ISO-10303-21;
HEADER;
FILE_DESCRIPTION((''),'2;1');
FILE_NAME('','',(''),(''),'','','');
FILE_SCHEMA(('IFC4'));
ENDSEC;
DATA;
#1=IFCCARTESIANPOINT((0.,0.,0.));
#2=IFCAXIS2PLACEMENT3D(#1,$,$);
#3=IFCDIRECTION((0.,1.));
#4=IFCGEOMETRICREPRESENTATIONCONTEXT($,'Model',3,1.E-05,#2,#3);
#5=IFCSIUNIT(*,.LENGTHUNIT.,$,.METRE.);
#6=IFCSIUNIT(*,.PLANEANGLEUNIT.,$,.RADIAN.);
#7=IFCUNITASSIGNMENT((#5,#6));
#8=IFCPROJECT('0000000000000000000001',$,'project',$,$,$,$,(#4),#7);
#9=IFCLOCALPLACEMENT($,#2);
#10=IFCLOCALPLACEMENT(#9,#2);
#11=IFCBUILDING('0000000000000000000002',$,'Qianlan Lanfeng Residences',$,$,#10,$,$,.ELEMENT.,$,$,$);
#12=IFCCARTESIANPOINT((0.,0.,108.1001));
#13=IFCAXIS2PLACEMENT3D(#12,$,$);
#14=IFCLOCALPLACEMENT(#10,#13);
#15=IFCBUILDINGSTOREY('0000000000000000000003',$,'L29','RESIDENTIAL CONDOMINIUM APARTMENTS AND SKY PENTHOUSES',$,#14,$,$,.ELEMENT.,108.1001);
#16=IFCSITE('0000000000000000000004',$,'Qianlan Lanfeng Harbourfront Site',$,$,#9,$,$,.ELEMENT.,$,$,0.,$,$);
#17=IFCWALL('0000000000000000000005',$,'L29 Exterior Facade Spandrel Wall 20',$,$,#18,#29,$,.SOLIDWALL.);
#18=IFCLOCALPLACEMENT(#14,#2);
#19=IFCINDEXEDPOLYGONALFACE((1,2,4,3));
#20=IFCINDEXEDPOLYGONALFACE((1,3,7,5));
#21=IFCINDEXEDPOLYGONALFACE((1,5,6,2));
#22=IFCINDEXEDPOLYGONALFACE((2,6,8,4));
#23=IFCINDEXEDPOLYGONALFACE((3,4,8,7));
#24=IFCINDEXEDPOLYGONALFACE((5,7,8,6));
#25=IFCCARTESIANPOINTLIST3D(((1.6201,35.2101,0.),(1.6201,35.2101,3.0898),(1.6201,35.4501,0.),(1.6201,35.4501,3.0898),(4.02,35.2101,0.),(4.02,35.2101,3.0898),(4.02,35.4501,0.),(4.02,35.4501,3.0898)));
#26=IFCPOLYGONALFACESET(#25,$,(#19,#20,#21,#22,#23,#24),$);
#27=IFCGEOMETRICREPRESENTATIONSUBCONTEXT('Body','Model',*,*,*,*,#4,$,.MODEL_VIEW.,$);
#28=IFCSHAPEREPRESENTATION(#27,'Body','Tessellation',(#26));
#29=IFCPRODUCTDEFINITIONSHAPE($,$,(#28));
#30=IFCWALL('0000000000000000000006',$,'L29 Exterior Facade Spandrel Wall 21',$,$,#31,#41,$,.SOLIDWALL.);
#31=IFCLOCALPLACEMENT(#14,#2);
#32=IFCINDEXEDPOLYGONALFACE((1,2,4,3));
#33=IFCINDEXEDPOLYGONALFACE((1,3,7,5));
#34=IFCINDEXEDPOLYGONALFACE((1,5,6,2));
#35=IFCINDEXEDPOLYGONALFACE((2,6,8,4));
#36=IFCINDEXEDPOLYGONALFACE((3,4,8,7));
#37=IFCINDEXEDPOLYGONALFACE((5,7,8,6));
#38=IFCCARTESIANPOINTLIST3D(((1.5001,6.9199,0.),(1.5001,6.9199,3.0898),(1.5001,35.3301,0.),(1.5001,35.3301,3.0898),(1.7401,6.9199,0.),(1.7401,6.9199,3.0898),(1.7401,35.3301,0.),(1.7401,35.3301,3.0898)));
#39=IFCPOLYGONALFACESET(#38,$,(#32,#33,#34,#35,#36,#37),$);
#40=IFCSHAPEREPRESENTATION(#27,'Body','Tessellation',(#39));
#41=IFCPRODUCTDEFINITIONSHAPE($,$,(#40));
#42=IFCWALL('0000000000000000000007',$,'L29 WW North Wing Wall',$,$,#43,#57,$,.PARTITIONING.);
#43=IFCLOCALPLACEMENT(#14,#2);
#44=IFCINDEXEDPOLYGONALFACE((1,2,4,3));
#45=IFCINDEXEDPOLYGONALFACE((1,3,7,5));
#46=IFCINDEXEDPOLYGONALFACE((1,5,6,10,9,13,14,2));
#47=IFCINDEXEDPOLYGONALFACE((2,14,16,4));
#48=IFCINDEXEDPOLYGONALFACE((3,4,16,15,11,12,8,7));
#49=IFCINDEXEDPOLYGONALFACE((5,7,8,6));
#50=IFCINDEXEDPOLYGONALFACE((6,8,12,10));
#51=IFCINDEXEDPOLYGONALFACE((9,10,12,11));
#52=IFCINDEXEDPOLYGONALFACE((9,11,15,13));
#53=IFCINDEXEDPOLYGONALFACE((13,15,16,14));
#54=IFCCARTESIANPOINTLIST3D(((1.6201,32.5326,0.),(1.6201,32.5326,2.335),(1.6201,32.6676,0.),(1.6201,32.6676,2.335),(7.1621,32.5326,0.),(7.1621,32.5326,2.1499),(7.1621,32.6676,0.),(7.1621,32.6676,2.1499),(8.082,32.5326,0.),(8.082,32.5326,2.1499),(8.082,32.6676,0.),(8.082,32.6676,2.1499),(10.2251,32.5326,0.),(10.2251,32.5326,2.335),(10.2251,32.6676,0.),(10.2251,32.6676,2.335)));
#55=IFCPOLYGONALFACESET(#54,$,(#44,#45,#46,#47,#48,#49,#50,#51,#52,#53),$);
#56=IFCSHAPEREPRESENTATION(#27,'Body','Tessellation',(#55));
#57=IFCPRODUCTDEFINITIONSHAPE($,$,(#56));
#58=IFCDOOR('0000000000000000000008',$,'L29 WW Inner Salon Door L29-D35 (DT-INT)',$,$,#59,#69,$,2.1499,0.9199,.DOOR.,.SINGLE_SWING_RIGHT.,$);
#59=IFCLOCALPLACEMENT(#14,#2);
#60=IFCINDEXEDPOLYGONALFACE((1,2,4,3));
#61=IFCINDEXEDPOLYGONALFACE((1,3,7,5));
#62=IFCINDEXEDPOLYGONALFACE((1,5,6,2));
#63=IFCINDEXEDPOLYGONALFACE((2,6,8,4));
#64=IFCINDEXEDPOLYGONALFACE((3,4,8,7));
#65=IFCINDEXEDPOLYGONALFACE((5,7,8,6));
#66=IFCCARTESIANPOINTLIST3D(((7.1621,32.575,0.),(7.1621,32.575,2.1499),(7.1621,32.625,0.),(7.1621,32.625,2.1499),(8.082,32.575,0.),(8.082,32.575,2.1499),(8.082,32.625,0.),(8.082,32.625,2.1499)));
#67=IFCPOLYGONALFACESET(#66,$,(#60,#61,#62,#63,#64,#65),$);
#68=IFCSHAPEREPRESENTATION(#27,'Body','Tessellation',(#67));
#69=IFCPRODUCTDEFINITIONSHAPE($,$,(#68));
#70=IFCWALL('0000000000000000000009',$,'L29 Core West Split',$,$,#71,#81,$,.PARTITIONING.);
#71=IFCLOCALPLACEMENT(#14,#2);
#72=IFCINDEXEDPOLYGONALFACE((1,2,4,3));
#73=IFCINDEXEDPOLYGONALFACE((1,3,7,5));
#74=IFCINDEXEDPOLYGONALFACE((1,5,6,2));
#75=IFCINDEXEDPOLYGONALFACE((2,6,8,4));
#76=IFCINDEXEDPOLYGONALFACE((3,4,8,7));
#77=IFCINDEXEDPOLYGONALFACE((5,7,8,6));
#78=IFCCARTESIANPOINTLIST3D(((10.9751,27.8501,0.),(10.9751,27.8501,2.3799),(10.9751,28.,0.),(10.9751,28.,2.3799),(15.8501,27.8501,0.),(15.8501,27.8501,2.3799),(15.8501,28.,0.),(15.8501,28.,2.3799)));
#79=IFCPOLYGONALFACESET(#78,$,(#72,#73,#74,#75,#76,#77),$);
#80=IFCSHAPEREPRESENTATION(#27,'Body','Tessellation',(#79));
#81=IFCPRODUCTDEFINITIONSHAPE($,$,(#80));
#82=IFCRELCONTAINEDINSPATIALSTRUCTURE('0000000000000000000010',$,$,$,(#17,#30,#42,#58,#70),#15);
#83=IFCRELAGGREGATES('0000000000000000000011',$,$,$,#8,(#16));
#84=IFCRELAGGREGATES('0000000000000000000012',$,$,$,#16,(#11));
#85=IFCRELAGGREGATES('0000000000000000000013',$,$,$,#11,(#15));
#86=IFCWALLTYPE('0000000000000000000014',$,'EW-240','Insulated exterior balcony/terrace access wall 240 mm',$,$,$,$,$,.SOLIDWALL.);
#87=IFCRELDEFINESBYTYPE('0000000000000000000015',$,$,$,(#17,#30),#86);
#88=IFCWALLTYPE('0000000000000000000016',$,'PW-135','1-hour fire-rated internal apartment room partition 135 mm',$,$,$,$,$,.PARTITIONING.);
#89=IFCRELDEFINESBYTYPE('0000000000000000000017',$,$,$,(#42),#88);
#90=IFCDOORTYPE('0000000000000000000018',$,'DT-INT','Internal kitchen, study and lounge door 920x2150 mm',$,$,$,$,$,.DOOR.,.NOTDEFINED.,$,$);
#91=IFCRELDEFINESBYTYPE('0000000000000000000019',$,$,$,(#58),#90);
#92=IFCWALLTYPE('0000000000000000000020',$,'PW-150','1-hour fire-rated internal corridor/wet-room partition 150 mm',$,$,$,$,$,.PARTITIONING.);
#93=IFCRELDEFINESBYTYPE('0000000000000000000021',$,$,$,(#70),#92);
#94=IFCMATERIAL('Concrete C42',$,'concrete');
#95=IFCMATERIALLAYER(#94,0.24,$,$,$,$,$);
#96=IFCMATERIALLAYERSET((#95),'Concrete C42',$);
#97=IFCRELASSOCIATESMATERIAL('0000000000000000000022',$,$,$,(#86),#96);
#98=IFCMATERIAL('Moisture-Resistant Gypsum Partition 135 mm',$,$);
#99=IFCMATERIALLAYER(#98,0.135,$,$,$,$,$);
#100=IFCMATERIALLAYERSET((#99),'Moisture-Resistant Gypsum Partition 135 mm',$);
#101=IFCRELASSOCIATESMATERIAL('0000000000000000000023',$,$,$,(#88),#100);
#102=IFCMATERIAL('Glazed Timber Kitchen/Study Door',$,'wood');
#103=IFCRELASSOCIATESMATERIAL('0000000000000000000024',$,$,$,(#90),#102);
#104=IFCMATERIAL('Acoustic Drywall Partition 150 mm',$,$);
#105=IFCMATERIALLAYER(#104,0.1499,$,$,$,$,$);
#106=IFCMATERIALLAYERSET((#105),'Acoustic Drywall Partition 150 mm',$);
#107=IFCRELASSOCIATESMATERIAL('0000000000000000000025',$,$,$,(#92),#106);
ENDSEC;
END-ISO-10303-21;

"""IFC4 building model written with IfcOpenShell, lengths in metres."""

from ifc_helpers import new_model, si_unit, direction, frame, frame_2d, origin, place, context, subcontext, project, spatial, rectangle, extrude, material, layer, layer_set, type_object, element, fill, save


model = new_model("IFC4")

# Units and contexts
model_context = context("Model", 3, precision=1e-05, world=origin(), true_north=direction((0.0, 1.0)))
body_context = subcontext(model_context, "Body", "Model", "MODEL_VIEW")
ifc_project = project(units=[si_unit("LENGTHUNIT", "METRE"), si_unit("PLANEANGLEUNIT", "RADIAN")], contexts=[model_context])

# Site, building, storey
site_placement = place(None, origin())
site = spatial("IfcSite", under=ifc_project, at=site_placement, Name="Qianlan Lanfeng Harbourfront Site", CompositionType="ELEMENT", RefElevation=0.0)
building_placement = place(site_placement, origin())
building = spatial("IfcBuilding", under=site, at=building_placement, Name="Qianlan Lanfeng Residences", CompositionType="ELEMENT")
storey_placement = place(building_placement, frame((0.0, 0.0, 108.1001)))
storey = spatial("IfcBuildingStorey", under=building, at=storey_placement, Name="L29", Description="RESIDENTIAL CONDOMINIUM APARTMENTS AND SKY PENTHOUSES", CompositionType="ELEMENT", Elevation=108.1001)

# Walls
ifc_material_1 = material(Name="Concrete C42", Category="concrete")
ifc_layer_1 = layer(ifc_material_1, 0.24)
ifc_layer_set_1 = layer_set([ifc_layer_1], Name="Concrete C42")
wall_type_1 = type_object("IfcWallType", Name="EW-240", Description="Insulated exterior balcony/terrace access wall 240 mm", PredefinedType="SOLIDWALL", material=ifc_layer_set_1)
for number, where, z_axis, x_axis, name in (
    (1, (4.02, 35.3301, 0.0), (0.0, 0.0, 1.0), (-1.0, 0.0, 0.0), "L29 Exterior Facade Spandrel Wall 20"),
):
    element("IfcWall", number, at=place(storey_placement, frame(where, z_axis=z_axis, x_axis=x_axis)), inside=storey, type_object=wall_type_1, Name=name, PredefinedType="SOLIDWALL", context=body_context, shape_type="SweptSolid", body=[
        extrude(rectangle(XDim=2.3999, YDim=0.24, at=frame_2d((1.2, 0.0))), origin(), (0.0, 0.0, 1.0), 3.0898),
    ])
wall_1_placement = place(storey_placement, frame((1.6201, 35.3301, 0.0), z_axis=(0.0, 0.0, 1.0), x_axis=(0.0, -1.0, 0.0)))
element("IfcWall", 2, at=wall_1_placement, inside=storey, type_object=wall_type_1, Name="L29 Exterior Facade Spandrel Wall 21", PredefinedType="SOLIDWALL", context=body_context, shape_type="SweptSolid", body=[
    extrude(rectangle(XDim=28.4102, YDim=0.24, at=frame_2d((14.2051, 0.0))), origin(), (0.0, 0.0, 1.0), 3.0898),
])

# Wall, opening, door
ifc_material_2 = material(Name="Moisture-Resistant Gypsum Partition 135 mm")
ifc_layer_2 = layer(ifc_material_2, 0.135)
ifc_layer_set_2 = layer_set([ifc_layer_2], Name="Moisture-Resistant Gypsum Partition 135 mm")
wall_type_2 = type_object("IfcWallType", Name="PW-135", Description="1-hour fire-rated internal apartment room partition 135 mm", PredefinedType="PARTITIONING", material=ifc_layer_set_2)
wall_2_placement = place(storey_placement, frame((1.6201, 32.6001, 0.0), z_axis=(0.0, 0.0, 1.0), x_axis=(1.0, 0.0, 0.0)))
wall_2 = element("IfcWall", 3, at=wall_2_placement, inside=storey, type_object=wall_type_2, Name="L29 WW North Wing Wall", PredefinedType="PARTITIONING", context=body_context, shape_type="SweptSolid", body=[
    extrude(rectangle(XDim=8.605, YDim=0.135, at=frame_2d((4.3025, 0.0))), origin(), (0.0, 0.0, 1.0), 2.335),
])
opening_1_placement = place(wall_2_placement, frame((5.542, 0.0, 0.0)))
opening_1 = element("IfcOpeningElement", 4, at=opening_1_placement, cuts=wall_2, PredefinedType="OPENING", context=body_context, shape_type="SweptSolid", body=[
    extrude(rectangle(XDim=0.9199, YDim=2.1499, at=frame_2d((0.46, 1.075))), frame((0.0, 0.0776, 0.0), z_axis=(0.0, -1.0, 0.0), x_axis=(1.0, 0.0, 0.0)), (0.0, 0.0, 1.0), 0.155),
])
ifc_material_3 = material(Name="Glazed Timber Kitchen/Study Door", Category="wood")
door_type_1 = type_object("IfcDoorType", Name="DT-INT", Description="Internal kitchen, study and lounge door 920x2150 mm", OperationType="NOTDEFINED", PredefinedType="DOOR", material=ifc_material_3)
door_1_placement = place(opening_1_placement, origin())
door_1 = element("IfcDoor", 5, at=door_1_placement, inside=storey, type_object=door_type_1, Name="L29 WW Inner Salon Door L29-D35 (DT-INT)", OperationType="SINGLE_SWING_RIGHT", OverallHeight=2.1499, OverallWidth=0.9199, PredefinedType="DOOR", context=body_context, shape_type="SweptSolid", body=[
    extrude(rectangle(XDim=0.9199, YDim=2.1499, at=frame_2d((0.46, 1.075))), frame((0.0, 0.0249, 0.0), z_axis=(0.0, -1.0, 0.0), x_axis=(1.0, 0.0, 0.0)), (0.0, 0.0, 1.0), 0.05),
])
fill(opening_1, door_1)

# Wall
ifc_material_4 = material(Name="Acoustic Drywall Partition 150 mm")
ifc_layer_3 = layer(ifc_material_4, 0.1499)
ifc_layer_set_3 = layer_set([ifc_layer_3], Name="Acoustic Drywall Partition 150 mm")
wall_type_3 = type_object("IfcWallType", Name="PW-150", Description="1-hour fire-rated internal corridor/wet-room partition 150 mm", PredefinedType="PARTITIONING", material=ifc_layer_set_3)
wall_3_placement = place(storey_placement, frame((10.9751, 27.925, 0.0), z_axis=(0.0, 0.0, 1.0), x_axis=(1.0, 0.0, 0.0)))
element("IfcWall", 6, at=wall_3_placement, inside=storey, type_object=wall_type_3, Name="L29 Core West Split", PredefinedType="PARTITIONING", context=body_context, shape_type="SweptSolid", body=[
    extrude(rectangle(XDim=4.875, YDim=0.1499, at=frame_2d((2.4375, 0.0))), origin(), (0.0, 0.0, 1.0), 2.3799),
])

save(model, "model.ifc")
